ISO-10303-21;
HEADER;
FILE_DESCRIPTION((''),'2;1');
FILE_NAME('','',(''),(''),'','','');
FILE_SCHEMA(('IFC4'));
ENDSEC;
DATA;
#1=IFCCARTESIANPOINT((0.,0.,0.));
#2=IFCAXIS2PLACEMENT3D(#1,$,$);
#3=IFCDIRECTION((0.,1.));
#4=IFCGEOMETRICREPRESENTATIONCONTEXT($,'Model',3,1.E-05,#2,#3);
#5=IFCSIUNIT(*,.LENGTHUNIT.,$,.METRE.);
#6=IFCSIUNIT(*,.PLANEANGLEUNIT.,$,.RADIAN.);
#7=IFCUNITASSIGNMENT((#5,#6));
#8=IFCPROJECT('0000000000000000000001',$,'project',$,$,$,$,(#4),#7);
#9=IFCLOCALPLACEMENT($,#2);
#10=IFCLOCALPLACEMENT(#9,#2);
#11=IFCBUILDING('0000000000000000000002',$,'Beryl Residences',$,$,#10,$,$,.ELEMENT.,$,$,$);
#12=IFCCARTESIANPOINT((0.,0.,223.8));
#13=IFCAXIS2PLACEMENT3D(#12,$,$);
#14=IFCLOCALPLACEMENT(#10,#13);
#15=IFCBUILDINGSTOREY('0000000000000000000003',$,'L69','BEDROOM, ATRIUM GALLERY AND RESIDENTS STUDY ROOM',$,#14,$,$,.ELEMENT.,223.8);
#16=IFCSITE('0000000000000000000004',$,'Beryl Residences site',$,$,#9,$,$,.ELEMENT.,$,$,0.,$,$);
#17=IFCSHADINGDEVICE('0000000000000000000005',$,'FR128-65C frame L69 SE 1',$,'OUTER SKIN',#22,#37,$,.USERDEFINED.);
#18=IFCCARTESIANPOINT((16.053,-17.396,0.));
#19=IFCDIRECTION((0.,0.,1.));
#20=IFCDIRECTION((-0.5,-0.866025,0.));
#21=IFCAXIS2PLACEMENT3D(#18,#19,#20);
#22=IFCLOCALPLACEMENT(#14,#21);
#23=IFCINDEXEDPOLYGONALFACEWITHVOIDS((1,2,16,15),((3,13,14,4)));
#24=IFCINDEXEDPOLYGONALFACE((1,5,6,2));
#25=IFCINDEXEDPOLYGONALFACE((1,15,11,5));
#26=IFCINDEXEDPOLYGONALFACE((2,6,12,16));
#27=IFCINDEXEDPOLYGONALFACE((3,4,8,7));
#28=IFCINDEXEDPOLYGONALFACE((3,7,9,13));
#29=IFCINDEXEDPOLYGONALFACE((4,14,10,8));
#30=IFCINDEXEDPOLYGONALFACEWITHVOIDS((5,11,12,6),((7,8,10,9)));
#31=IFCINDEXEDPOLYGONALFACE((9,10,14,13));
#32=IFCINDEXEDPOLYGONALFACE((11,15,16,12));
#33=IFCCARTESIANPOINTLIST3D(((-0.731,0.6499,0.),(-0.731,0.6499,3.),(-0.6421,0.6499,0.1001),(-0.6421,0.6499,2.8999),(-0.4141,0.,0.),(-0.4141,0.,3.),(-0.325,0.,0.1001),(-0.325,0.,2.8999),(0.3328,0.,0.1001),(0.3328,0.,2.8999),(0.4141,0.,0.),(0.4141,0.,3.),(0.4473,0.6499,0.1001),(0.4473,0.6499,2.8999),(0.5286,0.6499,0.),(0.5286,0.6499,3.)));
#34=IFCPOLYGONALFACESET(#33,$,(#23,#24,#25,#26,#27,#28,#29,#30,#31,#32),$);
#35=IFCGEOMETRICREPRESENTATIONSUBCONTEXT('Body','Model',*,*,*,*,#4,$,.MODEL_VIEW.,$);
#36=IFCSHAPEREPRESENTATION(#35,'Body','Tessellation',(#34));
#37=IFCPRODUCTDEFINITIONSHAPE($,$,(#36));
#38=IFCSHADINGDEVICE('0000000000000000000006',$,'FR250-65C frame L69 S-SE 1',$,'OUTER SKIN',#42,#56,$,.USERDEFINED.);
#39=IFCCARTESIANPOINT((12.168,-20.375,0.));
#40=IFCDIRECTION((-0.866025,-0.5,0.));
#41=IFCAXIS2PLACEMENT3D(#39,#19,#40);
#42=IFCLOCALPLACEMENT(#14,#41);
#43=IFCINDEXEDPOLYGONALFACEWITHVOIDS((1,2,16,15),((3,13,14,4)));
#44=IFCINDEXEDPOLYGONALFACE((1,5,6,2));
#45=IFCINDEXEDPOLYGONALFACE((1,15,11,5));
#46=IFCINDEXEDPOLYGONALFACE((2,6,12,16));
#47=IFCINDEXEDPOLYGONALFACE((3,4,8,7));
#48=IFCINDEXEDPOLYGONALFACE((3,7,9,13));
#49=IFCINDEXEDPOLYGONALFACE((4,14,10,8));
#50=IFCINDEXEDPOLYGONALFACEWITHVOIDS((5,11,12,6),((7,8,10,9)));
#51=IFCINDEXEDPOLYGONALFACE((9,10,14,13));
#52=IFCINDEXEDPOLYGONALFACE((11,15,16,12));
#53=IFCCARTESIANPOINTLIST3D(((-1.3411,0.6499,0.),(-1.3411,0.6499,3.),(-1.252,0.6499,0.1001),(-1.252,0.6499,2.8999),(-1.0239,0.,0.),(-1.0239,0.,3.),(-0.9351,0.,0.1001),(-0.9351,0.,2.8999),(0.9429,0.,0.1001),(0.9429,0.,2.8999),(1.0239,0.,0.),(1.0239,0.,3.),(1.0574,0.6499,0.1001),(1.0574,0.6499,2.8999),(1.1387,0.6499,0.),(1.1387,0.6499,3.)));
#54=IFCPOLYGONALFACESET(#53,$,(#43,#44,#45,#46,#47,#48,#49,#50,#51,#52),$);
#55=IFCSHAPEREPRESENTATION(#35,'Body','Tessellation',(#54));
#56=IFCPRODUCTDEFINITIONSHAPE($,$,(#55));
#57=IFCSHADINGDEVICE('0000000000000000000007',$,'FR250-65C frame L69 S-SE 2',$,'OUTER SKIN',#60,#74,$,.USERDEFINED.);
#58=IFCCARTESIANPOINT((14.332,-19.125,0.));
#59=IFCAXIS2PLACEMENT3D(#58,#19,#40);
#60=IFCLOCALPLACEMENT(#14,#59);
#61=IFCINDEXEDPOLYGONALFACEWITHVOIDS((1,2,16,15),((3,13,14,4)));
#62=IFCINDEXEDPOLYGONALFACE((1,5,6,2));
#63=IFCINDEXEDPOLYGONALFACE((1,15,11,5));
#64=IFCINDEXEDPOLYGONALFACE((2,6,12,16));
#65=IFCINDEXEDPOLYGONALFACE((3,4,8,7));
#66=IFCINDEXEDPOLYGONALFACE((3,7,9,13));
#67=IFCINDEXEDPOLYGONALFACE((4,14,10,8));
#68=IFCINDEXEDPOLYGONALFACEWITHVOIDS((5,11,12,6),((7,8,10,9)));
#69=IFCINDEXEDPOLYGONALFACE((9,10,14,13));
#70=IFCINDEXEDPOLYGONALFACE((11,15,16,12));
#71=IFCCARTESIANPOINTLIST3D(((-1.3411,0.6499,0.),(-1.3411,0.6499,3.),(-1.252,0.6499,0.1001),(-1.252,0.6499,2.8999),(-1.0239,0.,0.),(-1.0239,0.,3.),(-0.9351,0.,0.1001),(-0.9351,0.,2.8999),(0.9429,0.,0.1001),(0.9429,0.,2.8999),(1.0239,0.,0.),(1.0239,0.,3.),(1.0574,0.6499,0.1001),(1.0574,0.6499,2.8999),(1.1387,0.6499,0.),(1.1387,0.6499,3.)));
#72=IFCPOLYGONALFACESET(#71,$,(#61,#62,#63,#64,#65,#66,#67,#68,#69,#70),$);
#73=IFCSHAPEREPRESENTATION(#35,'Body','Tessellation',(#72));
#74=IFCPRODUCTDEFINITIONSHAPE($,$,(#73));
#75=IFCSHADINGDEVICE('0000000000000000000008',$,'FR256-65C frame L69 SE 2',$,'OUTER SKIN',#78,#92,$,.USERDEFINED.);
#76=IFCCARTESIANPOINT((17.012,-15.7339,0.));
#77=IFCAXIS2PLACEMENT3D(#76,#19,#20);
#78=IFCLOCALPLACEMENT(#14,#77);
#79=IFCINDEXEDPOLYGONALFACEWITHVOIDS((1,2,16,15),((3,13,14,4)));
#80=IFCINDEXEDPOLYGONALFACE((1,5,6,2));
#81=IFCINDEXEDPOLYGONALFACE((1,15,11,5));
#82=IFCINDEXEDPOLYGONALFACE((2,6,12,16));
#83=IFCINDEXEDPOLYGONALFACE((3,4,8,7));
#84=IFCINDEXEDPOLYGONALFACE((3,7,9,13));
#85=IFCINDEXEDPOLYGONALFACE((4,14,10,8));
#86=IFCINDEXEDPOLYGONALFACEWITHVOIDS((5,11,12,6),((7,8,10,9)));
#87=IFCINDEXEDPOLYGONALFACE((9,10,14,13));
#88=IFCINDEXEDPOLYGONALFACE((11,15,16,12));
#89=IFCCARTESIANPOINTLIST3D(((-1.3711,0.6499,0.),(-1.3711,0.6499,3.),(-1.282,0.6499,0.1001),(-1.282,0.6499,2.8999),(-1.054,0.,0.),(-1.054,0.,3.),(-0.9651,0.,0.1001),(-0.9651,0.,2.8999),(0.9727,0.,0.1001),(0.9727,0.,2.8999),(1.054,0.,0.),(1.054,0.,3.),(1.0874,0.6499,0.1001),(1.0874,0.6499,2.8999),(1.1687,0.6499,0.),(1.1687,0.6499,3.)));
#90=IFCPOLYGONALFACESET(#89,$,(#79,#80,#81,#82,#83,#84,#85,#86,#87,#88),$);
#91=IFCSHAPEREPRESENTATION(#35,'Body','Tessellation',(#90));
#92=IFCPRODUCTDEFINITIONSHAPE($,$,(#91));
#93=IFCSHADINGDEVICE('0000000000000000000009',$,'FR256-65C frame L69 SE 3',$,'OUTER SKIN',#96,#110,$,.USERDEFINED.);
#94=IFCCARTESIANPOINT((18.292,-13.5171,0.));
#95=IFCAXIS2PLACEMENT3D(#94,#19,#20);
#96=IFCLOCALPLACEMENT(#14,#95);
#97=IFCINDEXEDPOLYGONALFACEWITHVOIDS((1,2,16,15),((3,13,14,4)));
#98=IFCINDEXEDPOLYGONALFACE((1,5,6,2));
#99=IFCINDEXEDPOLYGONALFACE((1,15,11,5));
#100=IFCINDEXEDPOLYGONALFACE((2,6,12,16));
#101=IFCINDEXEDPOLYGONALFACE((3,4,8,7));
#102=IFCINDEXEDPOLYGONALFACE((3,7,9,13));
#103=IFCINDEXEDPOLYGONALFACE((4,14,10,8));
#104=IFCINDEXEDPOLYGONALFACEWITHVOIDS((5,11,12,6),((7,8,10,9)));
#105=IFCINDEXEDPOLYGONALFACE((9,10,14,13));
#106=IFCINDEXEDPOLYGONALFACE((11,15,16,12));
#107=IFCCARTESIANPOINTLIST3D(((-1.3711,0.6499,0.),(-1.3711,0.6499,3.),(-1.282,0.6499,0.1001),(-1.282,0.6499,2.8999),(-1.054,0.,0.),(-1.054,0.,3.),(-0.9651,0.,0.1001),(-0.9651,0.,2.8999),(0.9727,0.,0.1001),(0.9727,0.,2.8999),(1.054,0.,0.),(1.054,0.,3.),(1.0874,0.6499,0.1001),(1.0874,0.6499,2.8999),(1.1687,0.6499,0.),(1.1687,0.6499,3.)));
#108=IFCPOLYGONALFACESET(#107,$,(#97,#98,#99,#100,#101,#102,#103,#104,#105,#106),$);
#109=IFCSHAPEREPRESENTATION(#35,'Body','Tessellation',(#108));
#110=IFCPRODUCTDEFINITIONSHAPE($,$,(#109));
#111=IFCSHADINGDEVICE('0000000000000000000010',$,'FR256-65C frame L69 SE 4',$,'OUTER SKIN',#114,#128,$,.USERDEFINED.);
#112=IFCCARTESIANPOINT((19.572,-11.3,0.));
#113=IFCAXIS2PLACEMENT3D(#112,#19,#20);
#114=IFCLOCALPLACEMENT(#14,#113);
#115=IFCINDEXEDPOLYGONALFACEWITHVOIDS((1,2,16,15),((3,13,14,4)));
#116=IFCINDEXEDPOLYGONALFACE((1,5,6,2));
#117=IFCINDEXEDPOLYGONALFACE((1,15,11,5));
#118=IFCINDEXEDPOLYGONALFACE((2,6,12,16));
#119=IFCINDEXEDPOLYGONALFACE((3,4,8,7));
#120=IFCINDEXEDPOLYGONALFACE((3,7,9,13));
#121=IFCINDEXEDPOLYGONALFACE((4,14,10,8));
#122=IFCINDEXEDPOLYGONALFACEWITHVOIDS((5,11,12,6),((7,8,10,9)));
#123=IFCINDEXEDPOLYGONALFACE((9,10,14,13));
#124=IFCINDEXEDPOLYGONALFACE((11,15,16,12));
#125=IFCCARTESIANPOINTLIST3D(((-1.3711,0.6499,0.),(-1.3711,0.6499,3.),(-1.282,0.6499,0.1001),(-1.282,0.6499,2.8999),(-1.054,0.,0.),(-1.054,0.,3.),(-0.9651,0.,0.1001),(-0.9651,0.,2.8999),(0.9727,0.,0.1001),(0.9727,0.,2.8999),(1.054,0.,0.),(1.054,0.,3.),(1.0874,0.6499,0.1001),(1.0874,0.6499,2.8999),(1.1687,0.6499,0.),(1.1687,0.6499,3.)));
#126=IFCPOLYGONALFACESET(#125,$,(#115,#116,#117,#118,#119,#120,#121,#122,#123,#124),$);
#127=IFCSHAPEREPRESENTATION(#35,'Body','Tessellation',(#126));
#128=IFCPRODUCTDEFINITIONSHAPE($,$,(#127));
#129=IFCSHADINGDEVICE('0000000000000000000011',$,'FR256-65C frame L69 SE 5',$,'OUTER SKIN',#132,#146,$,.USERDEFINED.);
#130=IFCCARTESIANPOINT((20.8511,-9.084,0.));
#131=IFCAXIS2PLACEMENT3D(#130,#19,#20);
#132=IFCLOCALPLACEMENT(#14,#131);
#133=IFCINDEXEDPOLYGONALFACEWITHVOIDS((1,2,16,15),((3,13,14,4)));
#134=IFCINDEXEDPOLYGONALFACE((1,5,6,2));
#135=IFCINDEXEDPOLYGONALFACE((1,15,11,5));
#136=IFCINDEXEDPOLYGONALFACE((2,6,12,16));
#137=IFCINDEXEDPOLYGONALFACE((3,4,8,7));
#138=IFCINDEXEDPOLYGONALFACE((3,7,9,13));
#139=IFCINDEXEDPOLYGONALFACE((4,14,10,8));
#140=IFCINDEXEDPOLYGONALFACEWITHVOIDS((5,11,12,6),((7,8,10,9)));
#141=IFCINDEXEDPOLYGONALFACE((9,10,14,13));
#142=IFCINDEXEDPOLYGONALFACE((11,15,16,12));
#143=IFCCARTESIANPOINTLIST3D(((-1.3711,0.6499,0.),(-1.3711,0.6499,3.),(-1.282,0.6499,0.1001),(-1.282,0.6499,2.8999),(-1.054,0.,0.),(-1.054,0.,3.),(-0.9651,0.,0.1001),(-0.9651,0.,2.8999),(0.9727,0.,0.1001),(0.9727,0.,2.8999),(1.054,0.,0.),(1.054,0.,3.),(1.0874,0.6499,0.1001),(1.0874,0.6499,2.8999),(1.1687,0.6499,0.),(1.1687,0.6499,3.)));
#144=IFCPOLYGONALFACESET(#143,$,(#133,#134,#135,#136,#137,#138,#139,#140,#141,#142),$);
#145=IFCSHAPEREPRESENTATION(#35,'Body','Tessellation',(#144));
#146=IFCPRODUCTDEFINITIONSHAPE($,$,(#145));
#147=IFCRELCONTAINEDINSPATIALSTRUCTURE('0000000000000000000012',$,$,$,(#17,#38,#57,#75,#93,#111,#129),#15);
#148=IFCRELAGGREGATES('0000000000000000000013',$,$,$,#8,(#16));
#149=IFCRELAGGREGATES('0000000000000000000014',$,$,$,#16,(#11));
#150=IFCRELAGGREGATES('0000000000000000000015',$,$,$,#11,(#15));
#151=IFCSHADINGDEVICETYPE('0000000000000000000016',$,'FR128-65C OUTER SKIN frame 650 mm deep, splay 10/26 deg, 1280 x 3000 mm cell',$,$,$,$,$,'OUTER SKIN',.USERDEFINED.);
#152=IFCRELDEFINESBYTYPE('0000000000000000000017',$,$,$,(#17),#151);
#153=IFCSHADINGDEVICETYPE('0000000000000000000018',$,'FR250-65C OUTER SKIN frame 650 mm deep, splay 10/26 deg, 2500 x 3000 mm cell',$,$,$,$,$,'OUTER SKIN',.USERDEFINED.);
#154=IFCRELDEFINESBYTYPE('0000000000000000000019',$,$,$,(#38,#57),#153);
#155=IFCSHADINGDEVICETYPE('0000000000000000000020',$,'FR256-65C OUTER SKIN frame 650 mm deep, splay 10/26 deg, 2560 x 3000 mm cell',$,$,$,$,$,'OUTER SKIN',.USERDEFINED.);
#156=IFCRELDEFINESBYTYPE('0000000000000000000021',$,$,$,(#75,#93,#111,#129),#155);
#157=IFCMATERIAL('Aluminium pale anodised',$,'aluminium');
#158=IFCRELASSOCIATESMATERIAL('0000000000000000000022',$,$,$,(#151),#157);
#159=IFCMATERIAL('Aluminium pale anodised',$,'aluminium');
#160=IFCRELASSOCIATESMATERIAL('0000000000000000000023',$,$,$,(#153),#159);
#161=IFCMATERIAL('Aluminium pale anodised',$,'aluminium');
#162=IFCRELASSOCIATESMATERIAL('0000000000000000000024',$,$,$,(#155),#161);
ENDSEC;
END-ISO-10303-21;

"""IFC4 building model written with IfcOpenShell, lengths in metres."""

from ifc_helpers import new_model, entity, si_unit, direction, frame, origin, place, context, subcontext, project, spatial, source, transform, mapped, material, type_object, type_shapes, element, save


model = new_model("IFC4")

# Units and contexts
model_context = context("Model", 3, precision=1e-05, world=origin(), true_north=direction((0.0, 1.0)))
body_context = subcontext(model_context, "Body", "Model", "MODEL_VIEW")
ifc_project = project(units=[si_unit("LENGTHUNIT", "METRE"), si_unit("PLANEANGLEUNIT", "RADIAN")], contexts=[model_context])

# Site, building, storey
site_placement = place(None, origin())
site = spatial("IfcSite", under=ifc_project, at=site_placement, Name="Beryl Residences site", CompositionType="ELEMENT", RefElevation=0.0)
building_placement = place(site_placement, origin())
building = spatial("IfcBuilding", under=site, at=building_placement, Name="Beryl Residences", CompositionType="ELEMENT")
storey_placement = place(building_placement, frame((0.0, 0.0, 223.8)))
storey = spatial("IfcBuildingStorey", under=building, at=storey_placement, Name="L69", Description="BEDROOM, ATRIUM GALLERY AND RESIDENTS STUDY ROOM", CompositionType="ELEMENT", Elevation=223.8)

# Shading devices
ifc_material_1 = material(Name="Aluminium pale anodised", Category="aluminium")
shading_device_type_1 = type_object("IfcShadingDeviceType", Name="FR128-65C OUTER SKIN frame 650 mm deep, splay 10/26 deg, 1280 x 3000 mm cell", ElementType="OUTER SKIN", PredefinedType="USERDEFINED", material=ifc_material_1)
cartesian_point_1 = entity("IfcCartesianPoint", [-0.4141, 0.0])
cartesian_point_2 = entity("IfcCartesianPoint", [-0.3328, 0.1001])
cartesian_point_3 = entity("IfcCartesianPoint", [-0.5286, 0.0])
cartesian_point_4 = entity("IfcCartesianPoint", [-0.4473, 0.1001])
shared_shape_1 = source(origin(), body_context, "Body", "SweptSolid", [
    entity("IfcExtrudedAreaSolidTapered", entity("IfcArbitraryProfileDefWithVoids", "AREA", None, entity("IfcPolyline", [cartesian_point_1, entity("IfcCartesianPoint", [0.4141, 0.0]), entity("IfcCartesianPoint", [0.4141, 3.0]), entity("IfcCartesianPoint", [-0.4141, 3.0]), cartesian_point_1]), [entity("IfcPolyline", [cartesian_point_2, entity("IfcCartesianPoint", [0.325, 0.1001]), entity("IfcCartesianPoint", [0.325, 2.8999]), entity("IfcCartesianPoint", [-0.3328, 2.8999]), cartesian_point_2])]), entity("IfcAxis2Placement3D", entity("IfcCartesianPoint", [0.0, 0.0, 0.0]), entity("IfcDirection", [0.0, 1.0, 0.0]), entity("IfcDirection", [-1.0, 0.0, 0.0])), entity("IfcDirection", [0.0, 0.0, 1.0]), 0.6499, entity("IfcArbitraryProfileDefWithVoids", "AREA", None, entity("IfcPolyline", [cartesian_point_3, entity("IfcCartesianPoint", [0.731, 0.0]), entity("IfcCartesianPoint", [0.731, 3.0]), entity("IfcCartesianPoint", [-0.5286, 3.0]), cartesian_point_3]), [entity("IfcPolyline", [cartesian_point_4, entity("IfcCartesianPoint", [0.6421, 0.1001]), entity("IfcCartesianPoint", [0.6421, 2.8999]), entity("IfcCartesianPoint", [-0.4473, 2.8999]), cartesian_point_4])])),
])
type_shapes(shading_device_type_1, [shared_shape_1])
shading_device_placement = place(storey_placement, frame((16.053, -17.396, 0.0), z_axis=(0.0, 0.0, 1.0), x_axis=(-0.5, -0.866025, 0.0)))
element("IfcShadingDevice", 1, at=shading_device_placement, inside=storey, type_object=shading_device_type_1, Name="FR128-65C frame L69 SE 1", ObjectType="OUTER SKIN", PredefinedType="USERDEFINED", context=body_context, shape_type="MappedRepresentation", body=[
    mapped(shared_shape_1, transform((0.0, 0.0, 0.0))),
])
ifc_material_2 = material(Name="Aluminium pale anodised", Category="aluminium")
shading_device_type_2 = type_object("IfcShadingDeviceType", Name="FR250-65C OUTER SKIN frame 650 mm deep, splay 10/26 deg, 2500 x 3000 mm cell", ElementType="OUTER SKIN", PredefinedType="USERDEFINED", material=ifc_material_2)
cartesian_point_5 = entity("IfcCartesianPoint", [-1.0239, 0.0])
cartesian_point_6 = entity("IfcCartesianPoint", [-0.9429, 0.1001])
cartesian_point_7 = entity("IfcCartesianPoint", [-1.1387, 0.0])
cartesian_point_8 = entity("IfcCartesianPoint", [-1.0574, 0.1001])
shared_shape_2 = source(origin(), body_context, "Body", "SweptSolid", [
    entity("IfcExtrudedAreaSolidTapered", entity("IfcArbitraryProfileDefWithVoids", "AREA", None, entity("IfcPolyline", [cartesian_point_5, entity("IfcCartesianPoint", [1.0239, 0.0]), entity("IfcCartesianPoint", [1.0239, 3.0]), entity("IfcCartesianPoint", [-1.0239, 3.0]), cartesian_point_5]), [entity("IfcPolyline", [cartesian_point_6, entity("IfcCartesianPoint", [0.9351, 0.1001]), entity("IfcCartesianPoint", [0.9351, 2.8999]), entity("IfcCartesianPoint", [-0.9429, 2.8999]), cartesian_point_6])]), entity("IfcAxis2Placement3D", entity("IfcCartesianPoint", [0.0, 0.0, 0.0]), entity("IfcDirection", [0.0, 1.0, 0.0]), entity("IfcDirection", [-1.0, 0.0, 0.0])), entity("IfcDirection", [0.0, 0.0, 1.0]), 0.6499, entity("IfcArbitraryProfileDefWithVoids", "AREA", None, entity("IfcPolyline", [cartesian_point_7, entity("IfcCartesianPoint", [1.3411, 0.0]), entity("IfcCartesianPoint", [1.3411, 3.0]), entity("IfcCartesianPoint", [-1.1387, 3.0]), cartesian_point_7]), [entity("IfcPolyline", [cartesian_point_8, entity("IfcCartesianPoint", [1.252, 0.1001]), entity("IfcCartesianPoint", [1.252, 2.8999]), entity("IfcCartesianPoint", [-1.0574, 2.8999]), cartesian_point_8])])),
])
type_shapes(shading_device_type_2, [shared_shape_2])
for number, where, z_axis, x_axis, name in (
    (2, (12.168, -20.375, 0.0), (0.0, 0.0, 1.0), (-0.866025, -0.5, 0.0), "FR250-65C frame L69 S-SE 1"),
    (3, (14.332, -19.125, 0.0), (0.0, 0.0, 1.0), (-0.866025, -0.5, 0.0), "FR250-65C frame L69 S-SE 2"),
):
    element("IfcShadingDevice", number, at=place(storey_placement, frame(where, z_axis=z_axis, x_axis=x_axis)), inside=storey, type_object=shading_device_type_2, Name=name, ObjectType="OUTER SKIN", PredefinedType="USERDEFINED", context=body_context, shape_type="MappedRepresentation", body=[
        mapped(shared_shape_2, transform((0.0, 0.0, 0.0))),
    ])
ifc_material_3 = material(Name="Aluminium pale anodised", Category="aluminium")
shading_device_type_3 = type_object("IfcShadingDeviceType", Name="FR256-65C OUTER SKIN frame 650 mm deep, splay 10/26 deg, 2560 x 3000 mm cell", ElementType="OUTER SKIN", PredefinedType="USERDEFINED", material=ifc_material_3)
cartesian_point_9 = entity("IfcCartesianPoint", [-1.054, 0.0])
cartesian_point_10 = entity("IfcCartesianPoint", [-0.9727, 0.1001])
cartesian_point_11 = entity("IfcCartesianPoint", [-1.1687, 0.0])
cartesian_point_12 = entity("IfcCartesianPoint", [-1.0874, 0.1001])
shared_shape_3 = source(origin(), body_context, "Body", "SweptSolid", [
    entity("IfcExtrudedAreaSolidTapered", entity("IfcArbitraryProfileDefWithVoids", "AREA", None, entity("IfcPolyline", [cartesian_point_9, entity("IfcCartesianPoint", [1.054, 0.0]), entity("IfcCartesianPoint", [1.054, 3.0]), entity("IfcCartesianPoint", [-1.054, 3.0]), cartesian_point_9]), [entity("IfcPolyline", [cartesian_point_10, entity("IfcCartesianPoint", [0.9651, 0.1001]), entity("IfcCartesianPoint", [0.9651, 2.8999]), entity("IfcCartesianPoint", [-0.9727, 2.8999]), cartesian_point_10])]), entity("IfcAxis2Placement3D", entity("IfcCartesianPoint", [0.0, 0.0, 0.0]), entity("IfcDirection", [0.0, 1.0, 0.0]), entity("IfcDirection", [-1.0, 0.0, 0.0])), entity("IfcDirection", [0.0, 0.0, 1.0]), 0.6499, entity("IfcArbitraryProfileDefWithVoids", "AREA", None, entity("IfcPolyline", [cartesian_point_11, entity("IfcCartesianPoint", [1.3711, 0.0]), entity("IfcCartesianPoint", [1.3711, 3.0]), entity("IfcCartesianPoint", [-1.1687, 3.0]), cartesian_point_11]), [entity("IfcPolyline", [cartesian_point_12, entity("IfcCartesianPoint", [1.282, 0.1001]), entity("IfcCartesianPoint", [1.282, 2.8999]), entity("IfcCartesianPoint", [-1.0874, 2.8999]), cartesian_point_12])])),
])
type_shapes(shading_device_type_3, [shared_shape_3])
for number, where, z_axis, x_axis, name in (
    (4, (17.012, -15.7339, 0.0), (0.0, 0.0, 1.0), (-0.5, -0.866025, 0.0), "FR256-65C frame L69 SE 2"),
    (5, (18.292, -13.5171, 0.0), (0.0, 0.0, 1.0), (-0.5, -0.866025, 0.0), "FR256-65C frame L69 SE 3"),
    (6, (19.572, -11.3, 0.0), (0.0, 0.0, 1.0), (-0.5, -0.866025, 0.0), "FR256-65C frame L69 SE 4"),
    (7, (20.8511, -9.084, 0.0), (0.0, 0.0, 1.0), (-0.5, -0.866025, 0.0), "FR256-65C frame L69 SE 5"),
):
    element("IfcShadingDevice", number, at=place(storey_placement, frame(where, z_axis=z_axis, x_axis=x_axis)), inside=storey, type_object=shading_device_type_3, Name=name, ObjectType="OUTER SKIN", PredefinedType="USERDEFINED", context=body_context, shape_type="MappedRepresentation", body=[
        mapped(shared_shape_3, transform((0.0, 0.0, 0.0))),
    ])

save(model, "model.ifc")
